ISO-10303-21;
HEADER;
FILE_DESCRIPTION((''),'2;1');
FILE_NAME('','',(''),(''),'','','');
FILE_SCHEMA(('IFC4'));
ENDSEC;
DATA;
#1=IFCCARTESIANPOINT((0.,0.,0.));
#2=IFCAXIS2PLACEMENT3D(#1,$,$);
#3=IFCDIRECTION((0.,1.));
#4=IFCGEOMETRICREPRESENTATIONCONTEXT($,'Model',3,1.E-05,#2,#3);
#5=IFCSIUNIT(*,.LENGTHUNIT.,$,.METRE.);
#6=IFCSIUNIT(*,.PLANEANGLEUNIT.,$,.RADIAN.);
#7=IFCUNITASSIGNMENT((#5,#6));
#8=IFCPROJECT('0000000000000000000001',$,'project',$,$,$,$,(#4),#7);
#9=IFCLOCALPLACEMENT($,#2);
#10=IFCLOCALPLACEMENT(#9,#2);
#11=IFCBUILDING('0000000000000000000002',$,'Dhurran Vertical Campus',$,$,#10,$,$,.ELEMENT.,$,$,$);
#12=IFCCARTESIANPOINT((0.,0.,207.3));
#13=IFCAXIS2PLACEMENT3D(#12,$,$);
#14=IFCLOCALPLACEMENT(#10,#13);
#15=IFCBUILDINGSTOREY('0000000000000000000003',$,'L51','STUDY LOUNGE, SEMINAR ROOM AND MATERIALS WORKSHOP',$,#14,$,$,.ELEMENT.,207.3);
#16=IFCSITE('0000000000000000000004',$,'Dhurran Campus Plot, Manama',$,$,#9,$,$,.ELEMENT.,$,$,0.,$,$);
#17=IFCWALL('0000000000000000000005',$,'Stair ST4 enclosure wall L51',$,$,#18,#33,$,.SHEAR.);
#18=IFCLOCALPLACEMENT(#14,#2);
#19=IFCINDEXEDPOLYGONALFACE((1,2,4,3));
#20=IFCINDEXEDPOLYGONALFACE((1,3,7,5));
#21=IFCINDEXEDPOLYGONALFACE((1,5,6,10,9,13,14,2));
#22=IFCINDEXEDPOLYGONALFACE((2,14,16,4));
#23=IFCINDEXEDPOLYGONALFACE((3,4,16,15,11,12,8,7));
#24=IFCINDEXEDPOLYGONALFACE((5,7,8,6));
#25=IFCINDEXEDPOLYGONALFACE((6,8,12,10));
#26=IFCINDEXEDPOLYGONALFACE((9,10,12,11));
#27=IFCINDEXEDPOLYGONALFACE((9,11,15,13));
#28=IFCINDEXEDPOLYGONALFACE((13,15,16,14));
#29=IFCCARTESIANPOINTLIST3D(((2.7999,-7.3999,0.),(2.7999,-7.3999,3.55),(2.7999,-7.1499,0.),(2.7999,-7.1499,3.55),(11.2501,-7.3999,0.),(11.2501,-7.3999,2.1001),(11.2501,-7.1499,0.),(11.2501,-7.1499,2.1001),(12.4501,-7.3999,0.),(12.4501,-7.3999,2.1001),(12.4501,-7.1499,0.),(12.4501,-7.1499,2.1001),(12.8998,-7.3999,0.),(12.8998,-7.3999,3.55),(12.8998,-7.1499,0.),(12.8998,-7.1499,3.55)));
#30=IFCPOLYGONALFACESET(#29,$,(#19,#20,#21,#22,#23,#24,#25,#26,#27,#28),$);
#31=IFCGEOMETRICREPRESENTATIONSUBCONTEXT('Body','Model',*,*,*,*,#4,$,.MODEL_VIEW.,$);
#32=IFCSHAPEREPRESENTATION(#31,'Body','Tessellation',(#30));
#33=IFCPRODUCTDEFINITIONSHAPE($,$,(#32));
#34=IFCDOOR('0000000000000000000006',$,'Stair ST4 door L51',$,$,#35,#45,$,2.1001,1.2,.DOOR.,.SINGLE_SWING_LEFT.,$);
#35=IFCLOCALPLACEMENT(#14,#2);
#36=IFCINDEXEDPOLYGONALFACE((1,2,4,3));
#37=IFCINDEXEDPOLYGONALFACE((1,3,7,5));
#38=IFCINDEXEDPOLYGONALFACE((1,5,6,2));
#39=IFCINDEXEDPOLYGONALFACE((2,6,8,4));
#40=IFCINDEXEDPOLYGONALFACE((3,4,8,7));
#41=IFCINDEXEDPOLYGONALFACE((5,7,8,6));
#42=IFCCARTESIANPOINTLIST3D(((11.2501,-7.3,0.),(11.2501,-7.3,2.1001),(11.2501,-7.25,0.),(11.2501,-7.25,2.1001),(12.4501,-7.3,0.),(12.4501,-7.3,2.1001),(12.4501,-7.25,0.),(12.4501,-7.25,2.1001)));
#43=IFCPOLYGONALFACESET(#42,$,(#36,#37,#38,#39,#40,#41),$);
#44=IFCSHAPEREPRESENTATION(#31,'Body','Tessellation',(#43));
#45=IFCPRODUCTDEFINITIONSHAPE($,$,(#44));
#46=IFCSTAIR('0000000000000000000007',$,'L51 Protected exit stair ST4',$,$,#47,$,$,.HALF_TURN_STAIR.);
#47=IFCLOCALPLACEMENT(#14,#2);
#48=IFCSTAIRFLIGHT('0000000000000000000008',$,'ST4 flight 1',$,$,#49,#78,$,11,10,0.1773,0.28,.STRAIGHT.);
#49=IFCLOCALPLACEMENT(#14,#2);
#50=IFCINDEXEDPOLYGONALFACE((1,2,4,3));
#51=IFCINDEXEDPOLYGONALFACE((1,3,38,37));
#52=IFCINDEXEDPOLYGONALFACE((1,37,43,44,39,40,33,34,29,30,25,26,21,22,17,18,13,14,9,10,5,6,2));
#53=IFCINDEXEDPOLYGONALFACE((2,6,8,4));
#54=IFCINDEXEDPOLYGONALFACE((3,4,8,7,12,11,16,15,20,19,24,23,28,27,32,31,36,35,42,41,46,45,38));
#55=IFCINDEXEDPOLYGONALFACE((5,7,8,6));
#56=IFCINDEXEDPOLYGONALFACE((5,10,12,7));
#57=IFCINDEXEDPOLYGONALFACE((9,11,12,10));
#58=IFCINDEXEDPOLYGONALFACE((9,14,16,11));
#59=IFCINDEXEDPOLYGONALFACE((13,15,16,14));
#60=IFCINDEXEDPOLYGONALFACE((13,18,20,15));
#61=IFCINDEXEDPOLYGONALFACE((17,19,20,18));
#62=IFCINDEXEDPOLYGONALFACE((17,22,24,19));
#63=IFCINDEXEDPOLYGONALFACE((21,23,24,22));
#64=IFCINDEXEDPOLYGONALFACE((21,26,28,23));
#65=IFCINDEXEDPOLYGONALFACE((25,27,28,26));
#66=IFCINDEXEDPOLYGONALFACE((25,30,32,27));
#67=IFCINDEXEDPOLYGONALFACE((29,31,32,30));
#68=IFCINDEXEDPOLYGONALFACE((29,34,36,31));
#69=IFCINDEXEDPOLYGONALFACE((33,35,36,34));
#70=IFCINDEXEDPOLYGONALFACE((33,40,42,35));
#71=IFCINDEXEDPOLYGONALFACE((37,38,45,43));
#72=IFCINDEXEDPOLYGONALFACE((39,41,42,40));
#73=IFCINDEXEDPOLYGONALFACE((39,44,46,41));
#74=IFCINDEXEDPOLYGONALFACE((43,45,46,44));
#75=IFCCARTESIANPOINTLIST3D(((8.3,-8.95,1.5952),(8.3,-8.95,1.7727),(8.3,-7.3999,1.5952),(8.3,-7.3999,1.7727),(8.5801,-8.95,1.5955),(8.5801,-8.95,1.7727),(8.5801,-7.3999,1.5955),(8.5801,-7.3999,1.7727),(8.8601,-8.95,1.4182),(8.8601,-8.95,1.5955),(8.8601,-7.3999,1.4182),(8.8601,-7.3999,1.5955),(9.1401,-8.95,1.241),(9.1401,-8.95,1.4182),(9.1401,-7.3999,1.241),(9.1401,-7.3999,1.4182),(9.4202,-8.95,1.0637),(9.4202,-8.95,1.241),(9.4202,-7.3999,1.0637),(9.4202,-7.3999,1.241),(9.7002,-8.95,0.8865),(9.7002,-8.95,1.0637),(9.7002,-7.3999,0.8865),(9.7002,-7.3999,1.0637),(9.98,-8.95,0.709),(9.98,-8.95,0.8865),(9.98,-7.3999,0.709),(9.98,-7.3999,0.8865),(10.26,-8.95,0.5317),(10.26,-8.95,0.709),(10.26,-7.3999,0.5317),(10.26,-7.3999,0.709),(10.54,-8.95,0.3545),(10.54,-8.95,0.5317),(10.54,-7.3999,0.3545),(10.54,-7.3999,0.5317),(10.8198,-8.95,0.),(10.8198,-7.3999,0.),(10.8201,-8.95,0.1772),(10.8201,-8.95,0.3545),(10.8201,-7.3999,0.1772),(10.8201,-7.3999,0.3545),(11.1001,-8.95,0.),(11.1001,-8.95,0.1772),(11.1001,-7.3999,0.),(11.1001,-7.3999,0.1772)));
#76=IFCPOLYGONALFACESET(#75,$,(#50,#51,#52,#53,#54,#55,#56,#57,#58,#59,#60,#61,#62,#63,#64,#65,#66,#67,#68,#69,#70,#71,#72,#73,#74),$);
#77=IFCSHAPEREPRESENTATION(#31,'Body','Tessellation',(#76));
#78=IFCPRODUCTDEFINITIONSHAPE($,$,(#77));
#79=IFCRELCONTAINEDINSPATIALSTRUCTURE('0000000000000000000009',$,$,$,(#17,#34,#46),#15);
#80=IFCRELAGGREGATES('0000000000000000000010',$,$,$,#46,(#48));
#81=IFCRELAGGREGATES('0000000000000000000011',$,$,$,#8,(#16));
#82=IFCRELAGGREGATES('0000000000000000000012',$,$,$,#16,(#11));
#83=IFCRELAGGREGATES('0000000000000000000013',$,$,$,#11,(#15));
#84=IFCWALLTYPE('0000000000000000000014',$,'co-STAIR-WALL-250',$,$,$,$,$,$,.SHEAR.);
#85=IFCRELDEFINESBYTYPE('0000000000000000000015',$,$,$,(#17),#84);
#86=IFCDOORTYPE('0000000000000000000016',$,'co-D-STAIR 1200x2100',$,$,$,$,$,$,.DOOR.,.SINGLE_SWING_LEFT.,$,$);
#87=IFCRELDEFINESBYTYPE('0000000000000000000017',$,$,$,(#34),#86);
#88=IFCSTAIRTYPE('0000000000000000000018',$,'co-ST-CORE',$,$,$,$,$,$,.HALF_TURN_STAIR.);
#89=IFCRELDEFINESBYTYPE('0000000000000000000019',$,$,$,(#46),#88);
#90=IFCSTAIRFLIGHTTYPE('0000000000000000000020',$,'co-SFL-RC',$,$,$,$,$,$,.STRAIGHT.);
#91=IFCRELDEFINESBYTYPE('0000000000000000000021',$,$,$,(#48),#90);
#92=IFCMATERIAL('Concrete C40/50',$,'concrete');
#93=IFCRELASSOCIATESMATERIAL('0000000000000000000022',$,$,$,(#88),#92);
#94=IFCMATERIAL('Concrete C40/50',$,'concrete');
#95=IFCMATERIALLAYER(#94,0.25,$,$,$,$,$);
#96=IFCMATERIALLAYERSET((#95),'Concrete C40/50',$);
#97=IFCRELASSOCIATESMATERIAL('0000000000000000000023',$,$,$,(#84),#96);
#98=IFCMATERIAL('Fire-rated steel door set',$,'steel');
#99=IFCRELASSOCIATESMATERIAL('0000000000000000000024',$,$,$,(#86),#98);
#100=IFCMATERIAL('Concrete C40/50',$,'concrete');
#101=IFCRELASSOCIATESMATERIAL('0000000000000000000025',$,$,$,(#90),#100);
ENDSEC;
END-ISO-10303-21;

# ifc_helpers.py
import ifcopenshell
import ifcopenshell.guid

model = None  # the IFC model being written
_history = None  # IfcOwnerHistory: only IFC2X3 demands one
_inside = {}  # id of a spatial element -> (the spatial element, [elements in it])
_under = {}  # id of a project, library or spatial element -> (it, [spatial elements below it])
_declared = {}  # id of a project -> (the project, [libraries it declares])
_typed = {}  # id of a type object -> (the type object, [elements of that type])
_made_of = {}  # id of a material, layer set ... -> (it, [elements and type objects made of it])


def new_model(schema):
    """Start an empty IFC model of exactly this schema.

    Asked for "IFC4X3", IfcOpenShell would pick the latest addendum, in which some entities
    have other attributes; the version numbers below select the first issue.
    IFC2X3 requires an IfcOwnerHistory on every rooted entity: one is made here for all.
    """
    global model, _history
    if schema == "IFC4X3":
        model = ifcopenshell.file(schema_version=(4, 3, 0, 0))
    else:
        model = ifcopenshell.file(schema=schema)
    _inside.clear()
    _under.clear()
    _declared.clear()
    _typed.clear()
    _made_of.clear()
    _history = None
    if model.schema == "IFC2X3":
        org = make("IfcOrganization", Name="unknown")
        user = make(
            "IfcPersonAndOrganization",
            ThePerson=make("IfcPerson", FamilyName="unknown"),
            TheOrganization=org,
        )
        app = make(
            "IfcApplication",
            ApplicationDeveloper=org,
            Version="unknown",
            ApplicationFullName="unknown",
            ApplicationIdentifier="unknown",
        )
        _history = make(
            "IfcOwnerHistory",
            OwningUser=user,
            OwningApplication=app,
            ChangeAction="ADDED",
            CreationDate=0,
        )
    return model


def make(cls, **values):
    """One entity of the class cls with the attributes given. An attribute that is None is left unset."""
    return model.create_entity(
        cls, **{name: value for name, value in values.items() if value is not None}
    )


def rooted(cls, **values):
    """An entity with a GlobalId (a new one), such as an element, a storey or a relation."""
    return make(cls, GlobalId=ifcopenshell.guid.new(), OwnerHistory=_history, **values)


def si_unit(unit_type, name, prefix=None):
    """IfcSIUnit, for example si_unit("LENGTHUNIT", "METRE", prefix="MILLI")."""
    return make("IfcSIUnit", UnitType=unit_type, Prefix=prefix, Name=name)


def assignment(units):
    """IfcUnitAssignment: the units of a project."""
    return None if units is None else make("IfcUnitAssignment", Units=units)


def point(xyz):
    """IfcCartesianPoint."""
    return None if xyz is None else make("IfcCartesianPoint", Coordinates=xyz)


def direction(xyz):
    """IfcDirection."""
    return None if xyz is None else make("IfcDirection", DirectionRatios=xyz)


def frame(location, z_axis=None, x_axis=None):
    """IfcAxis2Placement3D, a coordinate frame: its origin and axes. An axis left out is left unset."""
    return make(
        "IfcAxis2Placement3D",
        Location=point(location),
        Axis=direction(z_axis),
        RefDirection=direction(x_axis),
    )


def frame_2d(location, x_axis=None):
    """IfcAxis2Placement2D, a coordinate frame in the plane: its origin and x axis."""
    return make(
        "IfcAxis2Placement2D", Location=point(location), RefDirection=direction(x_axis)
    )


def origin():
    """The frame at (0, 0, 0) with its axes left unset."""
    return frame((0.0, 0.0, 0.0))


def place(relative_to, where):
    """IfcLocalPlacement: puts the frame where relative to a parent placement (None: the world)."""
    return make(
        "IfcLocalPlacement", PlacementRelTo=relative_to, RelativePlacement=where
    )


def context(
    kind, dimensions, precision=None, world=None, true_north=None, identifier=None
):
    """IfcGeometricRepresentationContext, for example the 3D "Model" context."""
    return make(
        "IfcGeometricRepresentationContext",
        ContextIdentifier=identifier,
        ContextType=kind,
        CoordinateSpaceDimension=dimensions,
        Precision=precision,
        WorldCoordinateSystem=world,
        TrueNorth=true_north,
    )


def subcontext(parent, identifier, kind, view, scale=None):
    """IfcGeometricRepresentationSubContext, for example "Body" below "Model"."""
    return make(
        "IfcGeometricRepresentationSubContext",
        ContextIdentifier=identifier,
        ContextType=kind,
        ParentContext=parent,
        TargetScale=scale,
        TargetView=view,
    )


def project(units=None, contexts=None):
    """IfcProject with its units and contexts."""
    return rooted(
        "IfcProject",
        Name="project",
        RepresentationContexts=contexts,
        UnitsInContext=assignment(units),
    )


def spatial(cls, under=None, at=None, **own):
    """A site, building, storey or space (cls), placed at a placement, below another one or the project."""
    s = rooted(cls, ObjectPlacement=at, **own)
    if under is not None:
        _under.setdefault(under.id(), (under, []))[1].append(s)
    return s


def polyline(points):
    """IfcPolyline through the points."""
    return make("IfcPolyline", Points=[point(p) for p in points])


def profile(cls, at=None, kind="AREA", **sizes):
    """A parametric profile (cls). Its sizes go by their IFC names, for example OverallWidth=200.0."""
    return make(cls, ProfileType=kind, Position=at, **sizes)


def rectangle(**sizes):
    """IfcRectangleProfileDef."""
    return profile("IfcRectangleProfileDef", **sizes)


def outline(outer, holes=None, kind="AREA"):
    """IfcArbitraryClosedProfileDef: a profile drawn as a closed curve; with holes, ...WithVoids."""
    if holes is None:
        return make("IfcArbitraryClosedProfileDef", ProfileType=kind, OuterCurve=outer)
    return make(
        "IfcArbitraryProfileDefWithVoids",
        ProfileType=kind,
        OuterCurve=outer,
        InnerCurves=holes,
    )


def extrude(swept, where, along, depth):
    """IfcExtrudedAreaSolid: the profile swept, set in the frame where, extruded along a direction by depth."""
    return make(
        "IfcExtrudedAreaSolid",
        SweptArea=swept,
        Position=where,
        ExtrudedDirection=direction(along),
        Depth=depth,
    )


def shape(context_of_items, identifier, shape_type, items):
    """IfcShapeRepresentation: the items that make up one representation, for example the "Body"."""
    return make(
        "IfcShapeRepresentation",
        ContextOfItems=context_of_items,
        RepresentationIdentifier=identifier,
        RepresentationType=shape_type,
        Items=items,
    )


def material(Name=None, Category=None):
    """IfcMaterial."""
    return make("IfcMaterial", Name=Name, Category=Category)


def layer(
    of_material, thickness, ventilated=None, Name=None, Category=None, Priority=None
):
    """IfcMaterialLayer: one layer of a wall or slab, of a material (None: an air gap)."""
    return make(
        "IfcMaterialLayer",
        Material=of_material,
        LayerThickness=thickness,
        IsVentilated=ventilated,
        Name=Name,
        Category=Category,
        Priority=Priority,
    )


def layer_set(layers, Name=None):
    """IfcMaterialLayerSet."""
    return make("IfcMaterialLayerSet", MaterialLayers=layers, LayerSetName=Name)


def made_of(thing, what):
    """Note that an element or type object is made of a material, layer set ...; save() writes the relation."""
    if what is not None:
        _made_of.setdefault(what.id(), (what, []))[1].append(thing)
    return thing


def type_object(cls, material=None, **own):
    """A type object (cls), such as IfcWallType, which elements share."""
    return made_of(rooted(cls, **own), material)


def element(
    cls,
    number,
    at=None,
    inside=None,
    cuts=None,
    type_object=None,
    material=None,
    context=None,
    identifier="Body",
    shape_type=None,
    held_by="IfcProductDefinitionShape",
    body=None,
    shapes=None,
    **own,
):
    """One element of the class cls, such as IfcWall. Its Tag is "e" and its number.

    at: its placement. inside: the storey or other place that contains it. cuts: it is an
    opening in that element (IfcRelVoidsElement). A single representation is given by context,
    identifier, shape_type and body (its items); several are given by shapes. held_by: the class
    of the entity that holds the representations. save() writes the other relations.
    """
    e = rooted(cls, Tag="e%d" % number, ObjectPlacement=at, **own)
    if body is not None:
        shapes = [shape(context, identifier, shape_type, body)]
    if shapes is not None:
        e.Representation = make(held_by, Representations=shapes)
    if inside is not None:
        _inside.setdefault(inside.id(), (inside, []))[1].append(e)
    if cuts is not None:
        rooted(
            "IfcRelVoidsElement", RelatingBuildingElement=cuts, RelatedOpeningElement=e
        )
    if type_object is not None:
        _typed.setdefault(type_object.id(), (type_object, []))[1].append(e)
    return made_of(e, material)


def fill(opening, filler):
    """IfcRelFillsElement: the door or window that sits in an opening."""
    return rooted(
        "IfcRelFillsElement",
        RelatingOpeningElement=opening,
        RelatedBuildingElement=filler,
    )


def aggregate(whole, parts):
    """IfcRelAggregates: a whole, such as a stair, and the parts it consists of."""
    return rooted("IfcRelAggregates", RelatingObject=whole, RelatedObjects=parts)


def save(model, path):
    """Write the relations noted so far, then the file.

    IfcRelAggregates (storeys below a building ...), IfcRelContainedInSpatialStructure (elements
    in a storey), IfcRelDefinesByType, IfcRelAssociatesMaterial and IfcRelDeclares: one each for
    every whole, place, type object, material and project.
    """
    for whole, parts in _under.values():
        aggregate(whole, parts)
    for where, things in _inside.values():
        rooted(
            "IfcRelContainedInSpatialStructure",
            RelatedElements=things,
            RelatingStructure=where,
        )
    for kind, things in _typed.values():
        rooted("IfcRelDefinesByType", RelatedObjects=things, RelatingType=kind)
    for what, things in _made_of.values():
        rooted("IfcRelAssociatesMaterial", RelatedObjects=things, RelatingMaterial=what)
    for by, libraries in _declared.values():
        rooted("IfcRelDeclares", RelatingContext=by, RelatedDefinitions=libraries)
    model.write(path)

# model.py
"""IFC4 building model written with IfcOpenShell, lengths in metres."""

from ifc_helpers import new_model, si_unit, direction, frame, frame_2d, origin, place, context, subcontext, project, spatial, polyline, rectangle, outline, extrude, material, layer, layer_set, type_object, element, fill, aggregate, save


model = new_model("IFC4")

# Units and contexts
model_context = context("Model", 3, precision=1e-05, world=origin(), true_north=direction((0.0, 1.0)))
body_context = subcontext(model_context, "Body", "Model", "MODEL_VIEW")
ifc_project = project(units=[si_unit("LENGTHUNIT", "METRE"), si_unit("PLANEANGLEUNIT", "RADIAN")], contexts=[model_context])

# Site, building, storey
site_placement = place(None, origin())
site = spatial("IfcSite", under=ifc_project, at=site_placement, Name="Dhurran Campus Plot, Manama", CompositionType="ELEMENT", RefElevation=0.0)
building_placement = place(site_placement, origin())
building = spatial("IfcBuilding", under=site, at=building_placement, Name="Dhurran Vertical Campus", CompositionType="ELEMENT")
storey_placement = place(building_placement, frame((0.0, 0.0, 207.3)))
storey = spatial("IfcBuildingStorey", under=building, at=storey_placement, Name="L51", Description="STUDY LOUNGE, SEMINAR ROOM AND MATERIALS WORKSHOP", CompositionType="ELEMENT", Elevation=207.3)

# Shared definitions
ifc_material_1 = material(Name="Concrete C40/50", Category="concrete")
stair_type = type_object("IfcStairType", Name="co-ST-CORE", PredefinedType="HALF_TURN_STAIR", material=ifc_material_1)

# Wall, opening, door
ifc_material_2 = material(Name="Concrete C40/50", Category="concrete")
ifc_layer_1 = layer(ifc_material_2, 0.25)
ifc_layer_set_1 = layer_set([ifc_layer_1], Name="Concrete C40/50")
wall_type_1 = type_object("IfcWallType", Name="co-STAIR-WALL-250", PredefinedType="SHEAR", material=ifc_layer_set_1)
wall_1_placement = place(storey_placement, frame((2.8, -7.2749, 0.0), z_axis=(0.0, 0.0, 1.0), x_axis=(1.0, 0.0, 0.0)))
wall_1 = element("IfcWall", 1, at=wall_1_placement, inside=storey, type_object=wall_type_1, Name="Stair ST4 enclosure wall L51", PredefinedType="SHEAR", context=body_context, shape_type="SweptSolid", body=[
    extrude(rectangle(XDim=10.0999, YDim=0.25, at=frame_2d((5.0498, 0.0))), origin(), (0.0, 0.0, 1.0), 3.55),
])
opening_1_placement = place(wall_1_placement, frame((8.45, 0.0, 0.0)))
opening_1 = element("IfcOpeningElement", 2, at=opening_1_placement, cuts=wall_1, PredefinedType="OPENING", context=body_context, shape_type="SweptSolid", body=[
    extrude(rectangle(XDim=1.2, YDim=2.1001, at=frame_2d((0.6001, 1.05))), frame((0.0, 0.135, 0.0), z_axis=(0.0, -1.0, 0.0), x_axis=(1.0, 0.0, 0.0)), (0.0, 0.0, 1.0), 0.27),
])
ifc_material_3 = material(Name="Fire-rated steel door set", Category="steel")
door_type_1 = type_object("IfcDoorType", Name="co-D-STAIR 1200x2100", OperationType="SINGLE_SWING_LEFT", PredefinedType="DOOR", material=ifc_material_3)
door_1_placement = place(opening_1_placement, origin())
door_1 = element("IfcDoor", 3, at=door_1_placement, inside=storey, type_object=door_type_1, Name="Stair ST4 door L51", OperationType="SINGLE_SWING_LEFT", OverallHeight=2.1001, OverallWidth=1.2, PredefinedType="DOOR", context=body_context, shape_type="SweptSolid", body=[
    extrude(rectangle(XDim=1.2, YDim=2.1001, at=frame_2d((0.6001, 1.05))), frame((0.0, 0.0249, 0.0), z_axis=(0.0, -1.0, 0.0), x_axis=(1.0, 0.0, 0.0)), (0.0, 0.0, 1.0), 0.05),
])
fill(opening_1, door_1)

# Stair, stair flight
stair_1_placement = place(storey_placement, origin())
stair_1 = element("IfcStair", 4, at=stair_1_placement, inside=storey, type_object=stair_type, Name="L51 Protected exit stair ST4", PredefinedType="HALF_TURN_STAIR")
ifc_material_4 = material(Name="Concrete C40/50", Category="concrete")
stair_flight_type = type_object("IfcStairFlightType", Name="co-SFL-RC", PredefinedType="STRAIGHT", material=ifc_material_4)
stair_flight_placement = place(storey_placement, frame((11.1001, -8.175, 0.0), z_axis=(0.0, 0.0, 1.0), x_axis=(-1.0, 0.0, 0.0)))
stair_flight = element("IfcStairFlight", 5, at=stair_flight_placement, type_object=stair_flight_type, Name="ST4 flight 1", NumberOfRisers=11, NumberOfTreads=10, PredefinedType="STRAIGHT", RiserHeight=0.1773, TreadLength=0.28, context=body_context, shape_type="SweptSolid", body=[
    extrude(outline(polyline([(0.0, 0.0), (0.0, 0.1772), (0.28, 0.1772), (0.28, 0.3545), (0.5601, 0.3545), (0.5601, 0.5317), (0.8401, 0.5317), (0.8401, 0.709), (1.1201, 0.709), (1.1201, 0.8865), (1.3999, 0.8865), (1.3999, 1.0637), (1.6799, 1.0637), (1.6799, 1.241), (1.96, 1.241), (1.96, 1.4182), (2.24, 1.4182), (2.24, 1.5955), (2.52, 1.5955), (2.52, 1.7727), (2.8, 1.7727), (2.8, 1.95), (2.8, 1.5952), (0.2803, 0.0), (0.0, 0.0)])), frame((0.0, 0.7749, 0.0), z_axis=(0.0, -1.0, 0.0), x_axis=(1.0, 0.0, 0.0)), (0.0, 0.0, 1.0), 1.55),
])
aggregate(stair_1, [stair_flight])

save(model, "model.ifc")
